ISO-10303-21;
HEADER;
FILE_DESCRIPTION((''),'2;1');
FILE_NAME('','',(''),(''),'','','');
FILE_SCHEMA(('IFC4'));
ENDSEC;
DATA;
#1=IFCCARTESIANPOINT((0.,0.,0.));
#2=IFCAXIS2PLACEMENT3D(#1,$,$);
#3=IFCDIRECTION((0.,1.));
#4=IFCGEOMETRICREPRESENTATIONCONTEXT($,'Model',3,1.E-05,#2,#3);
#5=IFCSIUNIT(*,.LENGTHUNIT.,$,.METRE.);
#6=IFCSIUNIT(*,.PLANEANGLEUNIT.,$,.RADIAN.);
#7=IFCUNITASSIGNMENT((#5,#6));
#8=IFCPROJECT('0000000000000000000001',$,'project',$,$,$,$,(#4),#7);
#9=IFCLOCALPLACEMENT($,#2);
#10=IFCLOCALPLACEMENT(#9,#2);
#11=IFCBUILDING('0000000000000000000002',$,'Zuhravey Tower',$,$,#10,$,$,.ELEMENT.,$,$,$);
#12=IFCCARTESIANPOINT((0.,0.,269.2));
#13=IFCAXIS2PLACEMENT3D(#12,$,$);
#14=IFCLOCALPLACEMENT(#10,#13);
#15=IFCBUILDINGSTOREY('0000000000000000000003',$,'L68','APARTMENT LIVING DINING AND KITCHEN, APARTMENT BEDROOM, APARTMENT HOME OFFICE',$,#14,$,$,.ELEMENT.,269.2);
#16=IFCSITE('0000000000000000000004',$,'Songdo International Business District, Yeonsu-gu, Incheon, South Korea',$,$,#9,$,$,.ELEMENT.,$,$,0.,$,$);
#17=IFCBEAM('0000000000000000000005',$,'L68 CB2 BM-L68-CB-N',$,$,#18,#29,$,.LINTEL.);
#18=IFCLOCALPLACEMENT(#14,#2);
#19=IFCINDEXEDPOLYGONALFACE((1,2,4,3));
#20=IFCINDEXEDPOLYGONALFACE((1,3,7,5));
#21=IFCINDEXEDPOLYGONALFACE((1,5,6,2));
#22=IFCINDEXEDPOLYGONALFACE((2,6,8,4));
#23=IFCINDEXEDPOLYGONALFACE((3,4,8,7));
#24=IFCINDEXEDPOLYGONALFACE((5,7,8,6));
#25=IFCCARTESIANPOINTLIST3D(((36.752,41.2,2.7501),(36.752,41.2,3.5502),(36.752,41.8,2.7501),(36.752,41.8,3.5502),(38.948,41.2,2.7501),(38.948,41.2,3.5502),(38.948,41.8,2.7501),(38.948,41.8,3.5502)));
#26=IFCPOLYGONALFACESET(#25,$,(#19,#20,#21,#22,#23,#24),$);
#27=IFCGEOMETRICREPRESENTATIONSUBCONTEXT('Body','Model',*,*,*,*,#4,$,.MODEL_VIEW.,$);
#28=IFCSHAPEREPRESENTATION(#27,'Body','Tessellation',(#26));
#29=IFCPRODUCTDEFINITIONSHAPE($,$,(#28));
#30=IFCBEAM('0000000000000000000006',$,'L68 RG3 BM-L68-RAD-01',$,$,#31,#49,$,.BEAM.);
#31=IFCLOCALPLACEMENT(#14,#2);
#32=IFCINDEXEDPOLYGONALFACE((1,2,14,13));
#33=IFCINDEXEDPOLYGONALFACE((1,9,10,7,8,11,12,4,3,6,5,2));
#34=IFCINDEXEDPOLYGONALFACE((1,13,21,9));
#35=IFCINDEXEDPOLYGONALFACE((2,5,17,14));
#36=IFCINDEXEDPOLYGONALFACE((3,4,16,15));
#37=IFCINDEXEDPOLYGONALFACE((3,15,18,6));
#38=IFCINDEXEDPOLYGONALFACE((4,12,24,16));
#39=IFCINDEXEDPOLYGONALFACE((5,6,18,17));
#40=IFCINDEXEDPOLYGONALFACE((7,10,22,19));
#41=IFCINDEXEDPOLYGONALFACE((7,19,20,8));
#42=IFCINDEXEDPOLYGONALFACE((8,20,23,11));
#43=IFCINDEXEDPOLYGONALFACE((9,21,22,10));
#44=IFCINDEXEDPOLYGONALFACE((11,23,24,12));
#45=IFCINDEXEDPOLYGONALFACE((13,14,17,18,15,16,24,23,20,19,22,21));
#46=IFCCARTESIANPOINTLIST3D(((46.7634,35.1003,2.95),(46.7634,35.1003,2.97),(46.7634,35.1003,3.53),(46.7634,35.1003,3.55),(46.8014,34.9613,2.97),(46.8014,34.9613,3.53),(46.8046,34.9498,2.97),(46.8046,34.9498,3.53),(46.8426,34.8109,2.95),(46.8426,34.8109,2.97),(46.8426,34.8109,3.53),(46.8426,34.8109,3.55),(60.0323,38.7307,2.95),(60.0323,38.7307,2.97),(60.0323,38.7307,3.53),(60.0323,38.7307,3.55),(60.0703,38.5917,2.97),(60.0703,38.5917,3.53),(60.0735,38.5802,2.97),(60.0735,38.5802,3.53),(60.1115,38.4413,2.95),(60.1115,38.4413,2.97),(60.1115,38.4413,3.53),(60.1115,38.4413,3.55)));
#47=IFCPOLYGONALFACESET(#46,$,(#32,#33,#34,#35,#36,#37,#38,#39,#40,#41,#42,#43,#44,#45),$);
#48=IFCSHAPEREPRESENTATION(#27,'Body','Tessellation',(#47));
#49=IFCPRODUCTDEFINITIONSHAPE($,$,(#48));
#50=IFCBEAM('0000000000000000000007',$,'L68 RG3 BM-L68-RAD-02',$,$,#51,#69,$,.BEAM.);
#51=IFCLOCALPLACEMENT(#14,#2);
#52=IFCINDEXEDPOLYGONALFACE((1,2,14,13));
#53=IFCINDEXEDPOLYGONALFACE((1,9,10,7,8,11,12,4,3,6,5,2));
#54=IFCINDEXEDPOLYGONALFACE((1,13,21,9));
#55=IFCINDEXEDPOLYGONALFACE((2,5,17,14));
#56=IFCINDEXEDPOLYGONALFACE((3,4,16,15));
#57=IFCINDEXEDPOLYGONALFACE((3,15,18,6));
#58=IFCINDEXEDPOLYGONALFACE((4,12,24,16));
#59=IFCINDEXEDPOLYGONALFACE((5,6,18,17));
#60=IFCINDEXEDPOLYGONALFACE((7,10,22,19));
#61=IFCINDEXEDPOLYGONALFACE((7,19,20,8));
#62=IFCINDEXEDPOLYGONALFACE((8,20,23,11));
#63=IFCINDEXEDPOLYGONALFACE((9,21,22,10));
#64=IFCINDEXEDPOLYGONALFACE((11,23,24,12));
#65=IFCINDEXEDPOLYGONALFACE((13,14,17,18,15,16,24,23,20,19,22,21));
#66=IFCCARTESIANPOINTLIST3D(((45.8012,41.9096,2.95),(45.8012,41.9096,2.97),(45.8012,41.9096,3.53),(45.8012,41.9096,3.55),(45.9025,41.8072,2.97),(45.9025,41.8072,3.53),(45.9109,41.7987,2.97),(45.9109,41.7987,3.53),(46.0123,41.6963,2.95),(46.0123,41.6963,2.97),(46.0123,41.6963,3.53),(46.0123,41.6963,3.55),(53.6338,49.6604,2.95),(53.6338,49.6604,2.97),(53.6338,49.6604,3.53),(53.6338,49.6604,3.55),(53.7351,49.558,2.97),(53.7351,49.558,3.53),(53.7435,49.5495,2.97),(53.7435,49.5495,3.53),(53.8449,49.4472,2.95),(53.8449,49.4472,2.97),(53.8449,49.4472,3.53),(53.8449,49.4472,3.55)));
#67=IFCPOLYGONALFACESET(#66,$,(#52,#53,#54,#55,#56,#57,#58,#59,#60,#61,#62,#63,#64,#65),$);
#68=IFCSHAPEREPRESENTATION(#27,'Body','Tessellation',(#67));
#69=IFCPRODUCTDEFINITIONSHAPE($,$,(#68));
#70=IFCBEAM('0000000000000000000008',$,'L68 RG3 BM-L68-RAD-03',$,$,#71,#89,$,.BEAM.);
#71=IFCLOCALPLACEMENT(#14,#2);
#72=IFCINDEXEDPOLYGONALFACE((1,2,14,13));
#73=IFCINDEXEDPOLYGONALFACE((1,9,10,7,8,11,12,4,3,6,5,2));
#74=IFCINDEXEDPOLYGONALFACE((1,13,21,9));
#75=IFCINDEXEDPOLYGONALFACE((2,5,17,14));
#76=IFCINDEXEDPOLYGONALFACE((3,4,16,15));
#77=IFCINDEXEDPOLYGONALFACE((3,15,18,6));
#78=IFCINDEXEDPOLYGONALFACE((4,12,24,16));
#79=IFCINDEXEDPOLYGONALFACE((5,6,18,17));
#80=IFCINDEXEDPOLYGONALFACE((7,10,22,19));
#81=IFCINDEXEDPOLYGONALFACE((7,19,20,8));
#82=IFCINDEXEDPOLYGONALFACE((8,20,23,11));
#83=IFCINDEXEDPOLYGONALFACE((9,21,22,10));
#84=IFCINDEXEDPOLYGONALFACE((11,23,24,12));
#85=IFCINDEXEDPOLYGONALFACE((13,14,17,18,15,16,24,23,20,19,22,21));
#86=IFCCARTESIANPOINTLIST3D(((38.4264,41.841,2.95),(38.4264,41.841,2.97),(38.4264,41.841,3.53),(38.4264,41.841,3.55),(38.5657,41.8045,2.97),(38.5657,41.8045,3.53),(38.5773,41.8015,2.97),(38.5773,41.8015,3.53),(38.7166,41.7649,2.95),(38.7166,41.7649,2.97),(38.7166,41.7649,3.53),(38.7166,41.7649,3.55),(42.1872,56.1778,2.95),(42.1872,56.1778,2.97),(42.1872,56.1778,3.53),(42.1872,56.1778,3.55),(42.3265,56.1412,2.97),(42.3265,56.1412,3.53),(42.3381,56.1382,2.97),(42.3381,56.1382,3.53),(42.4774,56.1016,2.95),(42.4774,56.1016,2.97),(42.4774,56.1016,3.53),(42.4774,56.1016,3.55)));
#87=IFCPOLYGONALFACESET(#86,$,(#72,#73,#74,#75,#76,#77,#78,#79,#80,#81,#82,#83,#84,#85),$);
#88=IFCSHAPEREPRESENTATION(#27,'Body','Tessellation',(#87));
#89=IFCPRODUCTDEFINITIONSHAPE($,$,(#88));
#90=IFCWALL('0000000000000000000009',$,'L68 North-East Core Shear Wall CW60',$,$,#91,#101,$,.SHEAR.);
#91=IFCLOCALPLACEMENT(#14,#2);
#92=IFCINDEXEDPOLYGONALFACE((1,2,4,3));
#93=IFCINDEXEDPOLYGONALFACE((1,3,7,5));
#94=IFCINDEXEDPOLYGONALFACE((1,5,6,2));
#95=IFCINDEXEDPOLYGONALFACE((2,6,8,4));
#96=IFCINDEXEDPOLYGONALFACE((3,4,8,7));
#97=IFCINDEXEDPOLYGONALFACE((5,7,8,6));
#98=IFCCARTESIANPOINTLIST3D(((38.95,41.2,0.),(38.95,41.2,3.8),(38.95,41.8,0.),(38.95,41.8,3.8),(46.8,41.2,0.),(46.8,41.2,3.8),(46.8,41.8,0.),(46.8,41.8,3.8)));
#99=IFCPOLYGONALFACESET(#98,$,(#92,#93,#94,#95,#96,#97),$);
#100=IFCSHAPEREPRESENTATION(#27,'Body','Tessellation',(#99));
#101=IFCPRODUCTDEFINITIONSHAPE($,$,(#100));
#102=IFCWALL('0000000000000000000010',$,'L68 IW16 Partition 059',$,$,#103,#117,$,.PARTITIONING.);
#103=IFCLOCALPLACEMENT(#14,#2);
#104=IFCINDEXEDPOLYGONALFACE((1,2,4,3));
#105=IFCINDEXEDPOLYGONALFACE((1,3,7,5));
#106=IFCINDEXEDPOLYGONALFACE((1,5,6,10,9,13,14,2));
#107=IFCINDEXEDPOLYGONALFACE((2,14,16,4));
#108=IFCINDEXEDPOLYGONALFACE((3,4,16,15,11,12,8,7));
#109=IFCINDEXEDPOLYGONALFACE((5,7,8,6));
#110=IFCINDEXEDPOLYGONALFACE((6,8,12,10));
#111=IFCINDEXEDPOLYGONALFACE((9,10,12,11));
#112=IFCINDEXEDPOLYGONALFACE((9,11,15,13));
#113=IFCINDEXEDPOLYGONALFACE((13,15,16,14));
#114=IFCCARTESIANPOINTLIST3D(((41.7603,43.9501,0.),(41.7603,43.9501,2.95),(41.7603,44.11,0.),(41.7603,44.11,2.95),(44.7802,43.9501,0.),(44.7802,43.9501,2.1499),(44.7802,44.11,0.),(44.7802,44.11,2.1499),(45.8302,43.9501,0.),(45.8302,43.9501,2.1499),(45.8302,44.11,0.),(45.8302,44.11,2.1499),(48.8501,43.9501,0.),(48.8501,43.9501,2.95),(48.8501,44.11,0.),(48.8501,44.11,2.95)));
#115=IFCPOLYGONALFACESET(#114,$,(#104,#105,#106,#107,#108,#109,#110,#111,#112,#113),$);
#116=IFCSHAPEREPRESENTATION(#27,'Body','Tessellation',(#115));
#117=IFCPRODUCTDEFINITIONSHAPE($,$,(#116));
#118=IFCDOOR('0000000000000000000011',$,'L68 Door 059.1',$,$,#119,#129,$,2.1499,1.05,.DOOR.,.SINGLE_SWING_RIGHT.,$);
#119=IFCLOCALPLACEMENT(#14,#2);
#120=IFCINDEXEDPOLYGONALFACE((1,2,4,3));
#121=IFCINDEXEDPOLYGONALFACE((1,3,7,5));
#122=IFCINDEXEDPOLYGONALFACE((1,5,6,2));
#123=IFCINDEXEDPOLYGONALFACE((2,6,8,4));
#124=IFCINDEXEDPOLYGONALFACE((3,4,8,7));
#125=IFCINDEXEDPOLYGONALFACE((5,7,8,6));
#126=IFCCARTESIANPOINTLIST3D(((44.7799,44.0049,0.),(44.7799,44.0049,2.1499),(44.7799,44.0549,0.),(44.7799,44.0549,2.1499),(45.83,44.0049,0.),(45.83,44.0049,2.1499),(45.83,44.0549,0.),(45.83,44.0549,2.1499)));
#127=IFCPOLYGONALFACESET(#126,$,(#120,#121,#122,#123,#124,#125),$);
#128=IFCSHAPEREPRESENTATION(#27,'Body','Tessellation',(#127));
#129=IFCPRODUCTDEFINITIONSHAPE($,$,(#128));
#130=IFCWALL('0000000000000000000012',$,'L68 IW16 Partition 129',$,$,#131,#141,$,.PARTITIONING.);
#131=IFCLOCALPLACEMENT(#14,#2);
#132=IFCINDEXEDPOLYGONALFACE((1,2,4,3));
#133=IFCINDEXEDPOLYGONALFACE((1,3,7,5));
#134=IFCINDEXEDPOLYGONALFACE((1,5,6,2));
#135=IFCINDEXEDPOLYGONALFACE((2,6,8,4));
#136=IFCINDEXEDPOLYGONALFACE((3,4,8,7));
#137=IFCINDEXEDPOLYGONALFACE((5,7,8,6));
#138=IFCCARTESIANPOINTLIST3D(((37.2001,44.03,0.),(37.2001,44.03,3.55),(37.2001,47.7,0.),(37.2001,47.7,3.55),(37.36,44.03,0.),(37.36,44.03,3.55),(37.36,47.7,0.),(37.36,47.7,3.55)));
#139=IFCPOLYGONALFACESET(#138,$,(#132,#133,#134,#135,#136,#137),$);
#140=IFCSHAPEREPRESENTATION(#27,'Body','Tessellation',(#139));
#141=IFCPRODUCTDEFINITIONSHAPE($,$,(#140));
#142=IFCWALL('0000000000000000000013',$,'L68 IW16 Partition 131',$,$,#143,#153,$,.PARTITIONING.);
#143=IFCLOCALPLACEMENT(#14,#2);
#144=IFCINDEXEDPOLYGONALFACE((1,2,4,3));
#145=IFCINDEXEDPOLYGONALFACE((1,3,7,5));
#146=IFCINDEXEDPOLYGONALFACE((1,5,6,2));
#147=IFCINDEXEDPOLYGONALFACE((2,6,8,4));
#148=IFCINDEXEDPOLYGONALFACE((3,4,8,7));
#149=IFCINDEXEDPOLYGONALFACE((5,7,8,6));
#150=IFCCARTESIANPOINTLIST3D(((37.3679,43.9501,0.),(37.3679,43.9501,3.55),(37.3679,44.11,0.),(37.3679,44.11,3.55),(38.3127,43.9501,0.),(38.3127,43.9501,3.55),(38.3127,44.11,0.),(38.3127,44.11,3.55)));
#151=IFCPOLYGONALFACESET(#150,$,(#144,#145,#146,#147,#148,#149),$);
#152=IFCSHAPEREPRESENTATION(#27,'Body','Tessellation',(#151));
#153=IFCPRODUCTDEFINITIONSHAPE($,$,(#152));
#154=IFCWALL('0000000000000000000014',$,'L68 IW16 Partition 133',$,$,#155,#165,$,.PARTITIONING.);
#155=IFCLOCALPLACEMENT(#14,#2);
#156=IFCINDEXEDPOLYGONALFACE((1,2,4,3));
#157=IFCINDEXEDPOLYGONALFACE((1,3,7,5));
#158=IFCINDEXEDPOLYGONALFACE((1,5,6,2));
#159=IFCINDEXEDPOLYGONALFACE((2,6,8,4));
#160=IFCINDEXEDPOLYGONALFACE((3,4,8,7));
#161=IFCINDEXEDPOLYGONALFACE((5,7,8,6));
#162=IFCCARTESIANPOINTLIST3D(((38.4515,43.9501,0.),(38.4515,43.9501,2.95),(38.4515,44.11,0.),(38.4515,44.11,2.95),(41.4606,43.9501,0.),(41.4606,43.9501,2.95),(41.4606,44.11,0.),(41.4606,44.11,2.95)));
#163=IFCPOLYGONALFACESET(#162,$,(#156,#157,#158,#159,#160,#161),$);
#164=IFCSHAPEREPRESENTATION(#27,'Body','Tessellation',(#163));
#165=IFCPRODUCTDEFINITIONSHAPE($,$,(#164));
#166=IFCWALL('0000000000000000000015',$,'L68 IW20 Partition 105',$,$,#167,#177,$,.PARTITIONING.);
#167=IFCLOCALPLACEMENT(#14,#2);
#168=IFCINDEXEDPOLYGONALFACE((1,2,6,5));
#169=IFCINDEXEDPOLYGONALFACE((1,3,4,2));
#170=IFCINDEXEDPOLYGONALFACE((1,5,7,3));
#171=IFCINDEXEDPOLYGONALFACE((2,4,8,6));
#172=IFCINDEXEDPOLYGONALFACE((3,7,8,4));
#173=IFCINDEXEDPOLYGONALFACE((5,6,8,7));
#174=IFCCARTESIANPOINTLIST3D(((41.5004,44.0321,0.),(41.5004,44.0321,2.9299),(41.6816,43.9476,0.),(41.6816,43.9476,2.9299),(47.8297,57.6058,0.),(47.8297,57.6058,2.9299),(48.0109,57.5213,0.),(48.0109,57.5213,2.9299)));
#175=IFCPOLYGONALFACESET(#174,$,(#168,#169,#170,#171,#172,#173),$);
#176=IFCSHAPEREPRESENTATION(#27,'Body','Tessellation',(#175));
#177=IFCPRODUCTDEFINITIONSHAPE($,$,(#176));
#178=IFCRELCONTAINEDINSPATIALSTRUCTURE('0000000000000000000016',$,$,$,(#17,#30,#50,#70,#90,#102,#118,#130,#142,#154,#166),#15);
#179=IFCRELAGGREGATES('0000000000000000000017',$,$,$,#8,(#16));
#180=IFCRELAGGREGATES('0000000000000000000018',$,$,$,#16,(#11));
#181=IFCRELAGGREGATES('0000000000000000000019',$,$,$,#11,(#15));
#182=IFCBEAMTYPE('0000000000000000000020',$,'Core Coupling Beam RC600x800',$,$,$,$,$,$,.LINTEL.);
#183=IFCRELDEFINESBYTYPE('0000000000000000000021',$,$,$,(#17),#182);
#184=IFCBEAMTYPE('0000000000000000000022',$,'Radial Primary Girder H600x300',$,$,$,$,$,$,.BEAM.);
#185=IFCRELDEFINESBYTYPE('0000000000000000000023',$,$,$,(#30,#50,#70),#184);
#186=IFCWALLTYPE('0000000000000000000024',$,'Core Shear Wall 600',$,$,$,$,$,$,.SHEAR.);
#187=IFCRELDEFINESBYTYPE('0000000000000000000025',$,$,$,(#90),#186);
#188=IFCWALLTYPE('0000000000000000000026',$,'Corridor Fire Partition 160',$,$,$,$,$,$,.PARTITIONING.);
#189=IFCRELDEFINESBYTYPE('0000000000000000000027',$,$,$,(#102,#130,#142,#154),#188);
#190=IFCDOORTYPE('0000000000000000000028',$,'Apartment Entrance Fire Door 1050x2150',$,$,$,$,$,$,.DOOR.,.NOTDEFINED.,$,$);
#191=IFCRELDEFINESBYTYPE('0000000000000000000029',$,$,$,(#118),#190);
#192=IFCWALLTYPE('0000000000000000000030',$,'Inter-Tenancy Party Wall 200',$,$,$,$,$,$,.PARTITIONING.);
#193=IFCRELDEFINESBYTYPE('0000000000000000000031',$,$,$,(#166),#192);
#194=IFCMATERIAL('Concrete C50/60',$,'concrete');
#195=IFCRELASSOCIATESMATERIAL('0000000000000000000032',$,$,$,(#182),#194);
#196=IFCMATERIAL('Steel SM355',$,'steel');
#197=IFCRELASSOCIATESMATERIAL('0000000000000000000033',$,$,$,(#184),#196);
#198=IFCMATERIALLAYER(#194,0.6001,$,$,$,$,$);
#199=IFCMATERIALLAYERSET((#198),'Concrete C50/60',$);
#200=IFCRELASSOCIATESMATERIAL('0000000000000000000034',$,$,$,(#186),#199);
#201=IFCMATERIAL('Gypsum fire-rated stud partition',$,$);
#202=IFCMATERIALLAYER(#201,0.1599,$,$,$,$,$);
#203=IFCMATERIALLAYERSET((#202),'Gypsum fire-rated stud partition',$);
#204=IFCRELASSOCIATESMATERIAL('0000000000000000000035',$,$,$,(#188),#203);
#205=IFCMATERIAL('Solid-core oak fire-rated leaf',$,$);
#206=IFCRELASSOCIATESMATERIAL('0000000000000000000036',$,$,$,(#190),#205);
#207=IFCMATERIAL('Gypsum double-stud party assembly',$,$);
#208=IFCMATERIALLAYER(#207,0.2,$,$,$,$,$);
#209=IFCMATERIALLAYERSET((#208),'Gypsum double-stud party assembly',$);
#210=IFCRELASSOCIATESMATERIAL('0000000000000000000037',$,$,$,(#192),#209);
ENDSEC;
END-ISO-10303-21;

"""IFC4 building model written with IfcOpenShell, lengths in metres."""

from ifc_helpers import new_model, si_unit, direction, frame, frame_2d, origin, origin_2d, place, context, subcontext, project, spatial, rectangle, i_section, extrude, material, layer, layer_set, material_profile, profile_set, type_object, element, fill, save


model = new_model("IFC4")

# Units and contexts
model_context = context("Model", 3, precision=1e-05, world=origin(), true_north=direction((0.0, 1.0)))
body_context = subcontext(model_context, "Body", "Model", "MODEL_VIEW")
ifc_project = project(units=[si_unit("LENGTHUNIT", "METRE"), si_unit("PLANEANGLEUNIT", "RADIAN")], contexts=[model_context])

# Site, building, storey
site_placement = place(None, origin())
site = spatial("IfcSite", under=ifc_project, at=site_placement, Name="Songdo International Business District, Yeonsu-gu, Incheon, South Korea", CompositionType="ELEMENT", RefElevation=0.0)
building_placement = place(site_placement, origin())
building = spatial("IfcBuilding", under=site, at=building_placement, Name="Zuhravey Tower", CompositionType="ELEMENT")
storey_placement = place(building_placement, frame((0.0, 0.0, 269.2)))
storey = spatial("IfcBuildingStorey", under=building, at=storey_placement, Name="L68", Description="APARTMENT LIVING DINING AND KITCHEN, APARTMENT BEDROOM, APARTMENT HOME OFFICE", CompositionType="ELEMENT", Elevation=269.2)

# Beams
ifc_material_1 = material(Name="Concrete C50/60", Category="concrete")
ifc_material_profile_1 = material_profile(ifc_material_1, rectangle(XDim=0.6001, YDim=0.8, at=origin_2d()), Name="RC-600x800")
ifc_profile_set_1 = profile_set([ifc_material_profile_1], Name="Concrete C50/60")
beam_type_1 = type_object("IfcBeamType", Name="Core Coupling Beam RC600x800", PredefinedType="LINTEL", material=ifc_profile_set_1)
beam_1_placement = place(storey_placement, frame((36.752, 41.5, 3.1501), z_axis=(1.0, 0.0, 0.0), x_axis=(0.0, 1.0, 0.0)))
element("IfcBeam", 1, at=beam_1_placement, inside=storey, type_object=beam_type_1, Name="L68 CB2 BM-L68-CB-N", PredefinedType="LINTEL", context=body_context, shape_type="SweptSolid", body=[
    extrude(rectangle(XDim=0.6001, YDim=0.8, at=origin_2d()), origin(), (0.0, 0.0, 1.0), 2.196),
])
ifc_material_2 = material(Name="Steel SM355", Category="steel")
ifc_material_profile_2 = material_profile(ifc_material_2, i_section(OverallWidth=0.3, OverallDepth=0.6001, WebThickness=0.012, FlangeThickness=0.02, at=origin_2d()), Name="H-600x300x12x20")
ifc_profile_set_2 = profile_set([ifc_material_profile_2], Name="Steel SM355")
beam_type_2 = type_object("IfcBeamType", Name="Radial Primary Girder H600x300", PredefinedType="BEAM", material=ifc_profile_set_2)
beam_2_placement = place(storey_placement, frame((46.803, 34.9556, 3.25), z_axis=(0.964549, 0.263903, 0.0), x_axis=(-0.263903, 0.964549, 0.0)))
element("IfcBeam", 2, at=beam_2_placement, inside=storey, type_object=beam_type_2, Name="L68 RG3 BM-L68-RAD-01", PredefinedType="BEAM", context=body_context, shape_type="SweptSolid", body=[
    extrude(i_section(OverallWidth=0.3, OverallDepth=0.6001, WebThickness=0.012, FlangeThickness=0.02, at=origin_2d()), origin(), (0.0, 0.0, 1.0), 13.7566),
])
beam_3_placement = place(storey_placement, frame((45.9067, 41.803, 3.25), z_axis=(0.710808, 0.703386, 0.0), x_axis=(-0.703386, 0.710808, 0.0)))
element("IfcBeam", 3, at=beam_3_placement, inside=storey, type_object=beam_type_2, Name="L68 RG3 BM-L68-RAD-02", PredefinedType="BEAM", context=body_context, shape_type="SweptSolid", body=[
    extrude(i_section(OverallWidth=0.3, OverallDepth=0.6001, WebThickness=0.012, FlangeThickness=0.02, at=origin_2d()), origin(), (0.0, 0.0, 1.0), 11.0193),
])
beam_4_placement = place(storey_placement, frame((38.5715, 41.803, 3.25), z_axis=(0.253732, 0.967275, 0.0), x_axis=(-0.967275, 0.253732, 0.0)))
element("IfcBeam", 4, at=beam_4_placement, inside=storey, type_object=beam_type_2, Name="L68 RG3 BM-L68-RAD-03", PredefinedType="BEAM", context=body_context, shape_type="SweptSolid", body=[
    extrude(i_section(OverallWidth=0.3, OverallDepth=0.6001, WebThickness=0.012, FlangeThickness=0.02, at=origin_2d()), origin(), (0.0, 0.0, 1.0), 14.8218),
])

# Wall
ifc_layer_1 = layer(ifc_material_1, 0.6001)
ifc_layer_set_1 = layer_set([ifc_layer_1], Name="Concrete C50/60")
wall_type_1 = type_object("IfcWallType", Name="Core Shear Wall 600", PredefinedType="SHEAR", material=ifc_layer_set_1)
wall_1_placement = place(storey_placement, frame((46.8, 41.5, 0.0), z_axis=(0.0, 0.0, 1.0), x_axis=(-1.0, 0.0, 0.0)))
element("IfcWall", 5, at=wall_1_placement, inside=storey, type_object=wall_type_1, Name="L68 North-East Core Shear Wall CW60", PredefinedType="SHEAR", context=body_context, shape_type="SweptSolid", body=[
    extrude(rectangle(XDim=7.8501, YDim=0.6001, at=frame_2d((3.925, 0.0))), origin(), (0.0, 0.0, 1.0), 3.8),
])

# Wall, opening, door
ifc_material_3 = material(Name="Gypsum fire-rated stud partition")
ifc_layer_2 = layer(ifc_material_3, 0.1599)
ifc_layer_set_2 = layer_set([ifc_layer_2], Name="Gypsum fire-rated stud partition")
wall_type_2 = type_object("IfcWallType", Name="Corridor Fire Partition 160", PredefinedType="PARTITIONING", material=ifc_layer_set_2)
wall_2_placement = place(storey_placement, frame((48.8501, 44.03, 0.0), z_axis=(0.0, 0.0, 1.0), x_axis=(-1.0, 0.0, 0.0)))
wall_2 = element("IfcWall", 6, at=wall_2_placement, inside=storey, type_object=wall_type_2, Name="L68 IW16 Partition 059", PredefinedType="PARTITIONING", context=body_context, shape_type="SweptSolid", body=[
    extrude(rectangle(XDim=7.0898, YDim=0.1599, at=frame_2d((3.5449, 0.0))), origin(), (0.0, 0.0, 1.0), 2.95),
])
opening_1_placement = place(wall_2_placement, frame((3.02, 0.0, 0.0)))
opening_1 = element("IfcOpeningElement", 7, at=opening_1_placement, cuts=wall_2, PredefinedType="OPENING", context=body_context, shape_type="SweptSolid", body=[
    extrude(rectangle(XDim=1.05, YDim=2.1499, at=frame_2d((0.5249, 1.075))), frame((0.0, 0.092, 0.0), z_axis=(0.0, -1.0, 0.0), x_axis=(1.0, 0.0, 0.0)), (0.0, 0.0, 1.0), 0.1838),
])
ifc_material_4 = material(Name="Solid-core oak fire-rated leaf")
door_type_1 = type_object("IfcDoorType", Name="Apartment Entrance Fire Door 1050x2150", OperationType="NOTDEFINED", PredefinedType="DOOR", material=ifc_material_4)
door_1_placement = place(opening_1_placement, frame((1.05, 0.0, 0.0), z_axis=(0.0, 0.0, 1.0), x_axis=(-1.0, 0.0, 0.0)))
door_1 = element("IfcDoor", 8, at=door_1_placement, inside=storey, type_object=door_type_1, Name="L68 Door 059.1", OperationType="SINGLE_SWING_RIGHT", OverallHeight=2.1499, OverallWidth=1.05, PredefinedType="DOOR", context=body_context, shape_type="SweptSolid", body=[
    extrude(rectangle(XDim=1.05, YDim=2.1499, at=frame_2d((0.5249, 1.075))), frame((0.0, 0.0249, 0.0), z_axis=(0.0, -1.0, 0.0), x_axis=(1.0, 0.0, 0.0)), (0.0, 0.0, 1.0), 0.05),
])
fill(opening_1, door_1)

# Walls
wall_3_placement = place(storey_placement, frame((37.28, 44.03, 0.0), z_axis=(0.0, 0.0, 1.0), x_axis=(0.0, 1.0, 0.0)))
element("IfcWall", 9, at=wall_3_placement, inside=storey, type_object=wall_type_2, Name="L68 IW16 Partition 129", PredefinedType="PARTITIONING", context=body_context, shape_type="SweptSolid", body=[
    extrude(rectangle(XDim=3.6699, YDim=0.1599, at=frame_2d((1.835, 0.0))), origin(), (0.0, 0.0, 1.0), 3.55),
])
wall_4_placement = place(storey_placement, frame((38.3127, 44.03, 0.0), z_axis=(0.0, 0.0, 1.0), x_axis=(-1.0, 0.0, 0.0)))
element("IfcWall", 10, at=wall_4_placement, inside=storey, type_object=wall_type_2, Name="L68 IW16 Partition 131", PredefinedType="PARTITIONING", context=body_context, shape_type="SweptSolid", body=[
    extrude(rectangle(XDim=0.9448, YDim=0.1599, at=frame_2d((0.4724, 0.0))), origin(), (0.0, 0.0, 1.0), 3.55),
])
wall_5_placement = place(storey_placement, frame((41.4604, 44.03, 0.0), z_axis=(0.0, 0.0, 1.0), x_axis=(-1.0, 0.0, 0.0)))
element("IfcWall", 11, at=wall_5_placement, inside=storey, type_object=wall_type_2, Name="L68 IW16 Partition 133", PredefinedType="PARTITIONING", context=body_context, shape_type="SweptSolid", body=[
    extrude(rectangle(XDim=3.009, YDim=0.1599, at=frame_2d((1.5044, 0.0))), origin(), (0.0, 0.0, 1.0), 2.95),
])

# Wall
ifc_material_5 = material(Name="Gypsum double-stud party assembly")
ifc_layer_3 = layer(ifc_material_5, 0.2)
ifc_layer_set_3 = layer_set([ifc_layer_3], Name="Gypsum double-stud party assembly")
wall_type_3 = type_object("IfcWallType", Name="Inter-Tenancy Party Wall 200", PredefinedType="PARTITIONING", material=ifc_layer_set_3)
wall_6_placement = place(storey_placement, frame((41.5911, 43.99, 0.0), z_axis=(0.0, 0.0, 1.0), x_axis=(0.422608, 0.906313, 0.0)))
element("IfcWall", 12, at=wall_6_placement, inside=storey, type_object=wall_type_3, Name="L68 IW20 Partition 105", PredefinedType="PARTITIONING", context=body_context, shape_type="SweptSolid", body=[
    extrude(rectangle(XDim=14.9768, YDim=0.2, at=frame_2d((7.4883, 0.0))), origin(), (0.0, 0.0, 1.0), 2.9299),
])

save(model, "model.ifc")
